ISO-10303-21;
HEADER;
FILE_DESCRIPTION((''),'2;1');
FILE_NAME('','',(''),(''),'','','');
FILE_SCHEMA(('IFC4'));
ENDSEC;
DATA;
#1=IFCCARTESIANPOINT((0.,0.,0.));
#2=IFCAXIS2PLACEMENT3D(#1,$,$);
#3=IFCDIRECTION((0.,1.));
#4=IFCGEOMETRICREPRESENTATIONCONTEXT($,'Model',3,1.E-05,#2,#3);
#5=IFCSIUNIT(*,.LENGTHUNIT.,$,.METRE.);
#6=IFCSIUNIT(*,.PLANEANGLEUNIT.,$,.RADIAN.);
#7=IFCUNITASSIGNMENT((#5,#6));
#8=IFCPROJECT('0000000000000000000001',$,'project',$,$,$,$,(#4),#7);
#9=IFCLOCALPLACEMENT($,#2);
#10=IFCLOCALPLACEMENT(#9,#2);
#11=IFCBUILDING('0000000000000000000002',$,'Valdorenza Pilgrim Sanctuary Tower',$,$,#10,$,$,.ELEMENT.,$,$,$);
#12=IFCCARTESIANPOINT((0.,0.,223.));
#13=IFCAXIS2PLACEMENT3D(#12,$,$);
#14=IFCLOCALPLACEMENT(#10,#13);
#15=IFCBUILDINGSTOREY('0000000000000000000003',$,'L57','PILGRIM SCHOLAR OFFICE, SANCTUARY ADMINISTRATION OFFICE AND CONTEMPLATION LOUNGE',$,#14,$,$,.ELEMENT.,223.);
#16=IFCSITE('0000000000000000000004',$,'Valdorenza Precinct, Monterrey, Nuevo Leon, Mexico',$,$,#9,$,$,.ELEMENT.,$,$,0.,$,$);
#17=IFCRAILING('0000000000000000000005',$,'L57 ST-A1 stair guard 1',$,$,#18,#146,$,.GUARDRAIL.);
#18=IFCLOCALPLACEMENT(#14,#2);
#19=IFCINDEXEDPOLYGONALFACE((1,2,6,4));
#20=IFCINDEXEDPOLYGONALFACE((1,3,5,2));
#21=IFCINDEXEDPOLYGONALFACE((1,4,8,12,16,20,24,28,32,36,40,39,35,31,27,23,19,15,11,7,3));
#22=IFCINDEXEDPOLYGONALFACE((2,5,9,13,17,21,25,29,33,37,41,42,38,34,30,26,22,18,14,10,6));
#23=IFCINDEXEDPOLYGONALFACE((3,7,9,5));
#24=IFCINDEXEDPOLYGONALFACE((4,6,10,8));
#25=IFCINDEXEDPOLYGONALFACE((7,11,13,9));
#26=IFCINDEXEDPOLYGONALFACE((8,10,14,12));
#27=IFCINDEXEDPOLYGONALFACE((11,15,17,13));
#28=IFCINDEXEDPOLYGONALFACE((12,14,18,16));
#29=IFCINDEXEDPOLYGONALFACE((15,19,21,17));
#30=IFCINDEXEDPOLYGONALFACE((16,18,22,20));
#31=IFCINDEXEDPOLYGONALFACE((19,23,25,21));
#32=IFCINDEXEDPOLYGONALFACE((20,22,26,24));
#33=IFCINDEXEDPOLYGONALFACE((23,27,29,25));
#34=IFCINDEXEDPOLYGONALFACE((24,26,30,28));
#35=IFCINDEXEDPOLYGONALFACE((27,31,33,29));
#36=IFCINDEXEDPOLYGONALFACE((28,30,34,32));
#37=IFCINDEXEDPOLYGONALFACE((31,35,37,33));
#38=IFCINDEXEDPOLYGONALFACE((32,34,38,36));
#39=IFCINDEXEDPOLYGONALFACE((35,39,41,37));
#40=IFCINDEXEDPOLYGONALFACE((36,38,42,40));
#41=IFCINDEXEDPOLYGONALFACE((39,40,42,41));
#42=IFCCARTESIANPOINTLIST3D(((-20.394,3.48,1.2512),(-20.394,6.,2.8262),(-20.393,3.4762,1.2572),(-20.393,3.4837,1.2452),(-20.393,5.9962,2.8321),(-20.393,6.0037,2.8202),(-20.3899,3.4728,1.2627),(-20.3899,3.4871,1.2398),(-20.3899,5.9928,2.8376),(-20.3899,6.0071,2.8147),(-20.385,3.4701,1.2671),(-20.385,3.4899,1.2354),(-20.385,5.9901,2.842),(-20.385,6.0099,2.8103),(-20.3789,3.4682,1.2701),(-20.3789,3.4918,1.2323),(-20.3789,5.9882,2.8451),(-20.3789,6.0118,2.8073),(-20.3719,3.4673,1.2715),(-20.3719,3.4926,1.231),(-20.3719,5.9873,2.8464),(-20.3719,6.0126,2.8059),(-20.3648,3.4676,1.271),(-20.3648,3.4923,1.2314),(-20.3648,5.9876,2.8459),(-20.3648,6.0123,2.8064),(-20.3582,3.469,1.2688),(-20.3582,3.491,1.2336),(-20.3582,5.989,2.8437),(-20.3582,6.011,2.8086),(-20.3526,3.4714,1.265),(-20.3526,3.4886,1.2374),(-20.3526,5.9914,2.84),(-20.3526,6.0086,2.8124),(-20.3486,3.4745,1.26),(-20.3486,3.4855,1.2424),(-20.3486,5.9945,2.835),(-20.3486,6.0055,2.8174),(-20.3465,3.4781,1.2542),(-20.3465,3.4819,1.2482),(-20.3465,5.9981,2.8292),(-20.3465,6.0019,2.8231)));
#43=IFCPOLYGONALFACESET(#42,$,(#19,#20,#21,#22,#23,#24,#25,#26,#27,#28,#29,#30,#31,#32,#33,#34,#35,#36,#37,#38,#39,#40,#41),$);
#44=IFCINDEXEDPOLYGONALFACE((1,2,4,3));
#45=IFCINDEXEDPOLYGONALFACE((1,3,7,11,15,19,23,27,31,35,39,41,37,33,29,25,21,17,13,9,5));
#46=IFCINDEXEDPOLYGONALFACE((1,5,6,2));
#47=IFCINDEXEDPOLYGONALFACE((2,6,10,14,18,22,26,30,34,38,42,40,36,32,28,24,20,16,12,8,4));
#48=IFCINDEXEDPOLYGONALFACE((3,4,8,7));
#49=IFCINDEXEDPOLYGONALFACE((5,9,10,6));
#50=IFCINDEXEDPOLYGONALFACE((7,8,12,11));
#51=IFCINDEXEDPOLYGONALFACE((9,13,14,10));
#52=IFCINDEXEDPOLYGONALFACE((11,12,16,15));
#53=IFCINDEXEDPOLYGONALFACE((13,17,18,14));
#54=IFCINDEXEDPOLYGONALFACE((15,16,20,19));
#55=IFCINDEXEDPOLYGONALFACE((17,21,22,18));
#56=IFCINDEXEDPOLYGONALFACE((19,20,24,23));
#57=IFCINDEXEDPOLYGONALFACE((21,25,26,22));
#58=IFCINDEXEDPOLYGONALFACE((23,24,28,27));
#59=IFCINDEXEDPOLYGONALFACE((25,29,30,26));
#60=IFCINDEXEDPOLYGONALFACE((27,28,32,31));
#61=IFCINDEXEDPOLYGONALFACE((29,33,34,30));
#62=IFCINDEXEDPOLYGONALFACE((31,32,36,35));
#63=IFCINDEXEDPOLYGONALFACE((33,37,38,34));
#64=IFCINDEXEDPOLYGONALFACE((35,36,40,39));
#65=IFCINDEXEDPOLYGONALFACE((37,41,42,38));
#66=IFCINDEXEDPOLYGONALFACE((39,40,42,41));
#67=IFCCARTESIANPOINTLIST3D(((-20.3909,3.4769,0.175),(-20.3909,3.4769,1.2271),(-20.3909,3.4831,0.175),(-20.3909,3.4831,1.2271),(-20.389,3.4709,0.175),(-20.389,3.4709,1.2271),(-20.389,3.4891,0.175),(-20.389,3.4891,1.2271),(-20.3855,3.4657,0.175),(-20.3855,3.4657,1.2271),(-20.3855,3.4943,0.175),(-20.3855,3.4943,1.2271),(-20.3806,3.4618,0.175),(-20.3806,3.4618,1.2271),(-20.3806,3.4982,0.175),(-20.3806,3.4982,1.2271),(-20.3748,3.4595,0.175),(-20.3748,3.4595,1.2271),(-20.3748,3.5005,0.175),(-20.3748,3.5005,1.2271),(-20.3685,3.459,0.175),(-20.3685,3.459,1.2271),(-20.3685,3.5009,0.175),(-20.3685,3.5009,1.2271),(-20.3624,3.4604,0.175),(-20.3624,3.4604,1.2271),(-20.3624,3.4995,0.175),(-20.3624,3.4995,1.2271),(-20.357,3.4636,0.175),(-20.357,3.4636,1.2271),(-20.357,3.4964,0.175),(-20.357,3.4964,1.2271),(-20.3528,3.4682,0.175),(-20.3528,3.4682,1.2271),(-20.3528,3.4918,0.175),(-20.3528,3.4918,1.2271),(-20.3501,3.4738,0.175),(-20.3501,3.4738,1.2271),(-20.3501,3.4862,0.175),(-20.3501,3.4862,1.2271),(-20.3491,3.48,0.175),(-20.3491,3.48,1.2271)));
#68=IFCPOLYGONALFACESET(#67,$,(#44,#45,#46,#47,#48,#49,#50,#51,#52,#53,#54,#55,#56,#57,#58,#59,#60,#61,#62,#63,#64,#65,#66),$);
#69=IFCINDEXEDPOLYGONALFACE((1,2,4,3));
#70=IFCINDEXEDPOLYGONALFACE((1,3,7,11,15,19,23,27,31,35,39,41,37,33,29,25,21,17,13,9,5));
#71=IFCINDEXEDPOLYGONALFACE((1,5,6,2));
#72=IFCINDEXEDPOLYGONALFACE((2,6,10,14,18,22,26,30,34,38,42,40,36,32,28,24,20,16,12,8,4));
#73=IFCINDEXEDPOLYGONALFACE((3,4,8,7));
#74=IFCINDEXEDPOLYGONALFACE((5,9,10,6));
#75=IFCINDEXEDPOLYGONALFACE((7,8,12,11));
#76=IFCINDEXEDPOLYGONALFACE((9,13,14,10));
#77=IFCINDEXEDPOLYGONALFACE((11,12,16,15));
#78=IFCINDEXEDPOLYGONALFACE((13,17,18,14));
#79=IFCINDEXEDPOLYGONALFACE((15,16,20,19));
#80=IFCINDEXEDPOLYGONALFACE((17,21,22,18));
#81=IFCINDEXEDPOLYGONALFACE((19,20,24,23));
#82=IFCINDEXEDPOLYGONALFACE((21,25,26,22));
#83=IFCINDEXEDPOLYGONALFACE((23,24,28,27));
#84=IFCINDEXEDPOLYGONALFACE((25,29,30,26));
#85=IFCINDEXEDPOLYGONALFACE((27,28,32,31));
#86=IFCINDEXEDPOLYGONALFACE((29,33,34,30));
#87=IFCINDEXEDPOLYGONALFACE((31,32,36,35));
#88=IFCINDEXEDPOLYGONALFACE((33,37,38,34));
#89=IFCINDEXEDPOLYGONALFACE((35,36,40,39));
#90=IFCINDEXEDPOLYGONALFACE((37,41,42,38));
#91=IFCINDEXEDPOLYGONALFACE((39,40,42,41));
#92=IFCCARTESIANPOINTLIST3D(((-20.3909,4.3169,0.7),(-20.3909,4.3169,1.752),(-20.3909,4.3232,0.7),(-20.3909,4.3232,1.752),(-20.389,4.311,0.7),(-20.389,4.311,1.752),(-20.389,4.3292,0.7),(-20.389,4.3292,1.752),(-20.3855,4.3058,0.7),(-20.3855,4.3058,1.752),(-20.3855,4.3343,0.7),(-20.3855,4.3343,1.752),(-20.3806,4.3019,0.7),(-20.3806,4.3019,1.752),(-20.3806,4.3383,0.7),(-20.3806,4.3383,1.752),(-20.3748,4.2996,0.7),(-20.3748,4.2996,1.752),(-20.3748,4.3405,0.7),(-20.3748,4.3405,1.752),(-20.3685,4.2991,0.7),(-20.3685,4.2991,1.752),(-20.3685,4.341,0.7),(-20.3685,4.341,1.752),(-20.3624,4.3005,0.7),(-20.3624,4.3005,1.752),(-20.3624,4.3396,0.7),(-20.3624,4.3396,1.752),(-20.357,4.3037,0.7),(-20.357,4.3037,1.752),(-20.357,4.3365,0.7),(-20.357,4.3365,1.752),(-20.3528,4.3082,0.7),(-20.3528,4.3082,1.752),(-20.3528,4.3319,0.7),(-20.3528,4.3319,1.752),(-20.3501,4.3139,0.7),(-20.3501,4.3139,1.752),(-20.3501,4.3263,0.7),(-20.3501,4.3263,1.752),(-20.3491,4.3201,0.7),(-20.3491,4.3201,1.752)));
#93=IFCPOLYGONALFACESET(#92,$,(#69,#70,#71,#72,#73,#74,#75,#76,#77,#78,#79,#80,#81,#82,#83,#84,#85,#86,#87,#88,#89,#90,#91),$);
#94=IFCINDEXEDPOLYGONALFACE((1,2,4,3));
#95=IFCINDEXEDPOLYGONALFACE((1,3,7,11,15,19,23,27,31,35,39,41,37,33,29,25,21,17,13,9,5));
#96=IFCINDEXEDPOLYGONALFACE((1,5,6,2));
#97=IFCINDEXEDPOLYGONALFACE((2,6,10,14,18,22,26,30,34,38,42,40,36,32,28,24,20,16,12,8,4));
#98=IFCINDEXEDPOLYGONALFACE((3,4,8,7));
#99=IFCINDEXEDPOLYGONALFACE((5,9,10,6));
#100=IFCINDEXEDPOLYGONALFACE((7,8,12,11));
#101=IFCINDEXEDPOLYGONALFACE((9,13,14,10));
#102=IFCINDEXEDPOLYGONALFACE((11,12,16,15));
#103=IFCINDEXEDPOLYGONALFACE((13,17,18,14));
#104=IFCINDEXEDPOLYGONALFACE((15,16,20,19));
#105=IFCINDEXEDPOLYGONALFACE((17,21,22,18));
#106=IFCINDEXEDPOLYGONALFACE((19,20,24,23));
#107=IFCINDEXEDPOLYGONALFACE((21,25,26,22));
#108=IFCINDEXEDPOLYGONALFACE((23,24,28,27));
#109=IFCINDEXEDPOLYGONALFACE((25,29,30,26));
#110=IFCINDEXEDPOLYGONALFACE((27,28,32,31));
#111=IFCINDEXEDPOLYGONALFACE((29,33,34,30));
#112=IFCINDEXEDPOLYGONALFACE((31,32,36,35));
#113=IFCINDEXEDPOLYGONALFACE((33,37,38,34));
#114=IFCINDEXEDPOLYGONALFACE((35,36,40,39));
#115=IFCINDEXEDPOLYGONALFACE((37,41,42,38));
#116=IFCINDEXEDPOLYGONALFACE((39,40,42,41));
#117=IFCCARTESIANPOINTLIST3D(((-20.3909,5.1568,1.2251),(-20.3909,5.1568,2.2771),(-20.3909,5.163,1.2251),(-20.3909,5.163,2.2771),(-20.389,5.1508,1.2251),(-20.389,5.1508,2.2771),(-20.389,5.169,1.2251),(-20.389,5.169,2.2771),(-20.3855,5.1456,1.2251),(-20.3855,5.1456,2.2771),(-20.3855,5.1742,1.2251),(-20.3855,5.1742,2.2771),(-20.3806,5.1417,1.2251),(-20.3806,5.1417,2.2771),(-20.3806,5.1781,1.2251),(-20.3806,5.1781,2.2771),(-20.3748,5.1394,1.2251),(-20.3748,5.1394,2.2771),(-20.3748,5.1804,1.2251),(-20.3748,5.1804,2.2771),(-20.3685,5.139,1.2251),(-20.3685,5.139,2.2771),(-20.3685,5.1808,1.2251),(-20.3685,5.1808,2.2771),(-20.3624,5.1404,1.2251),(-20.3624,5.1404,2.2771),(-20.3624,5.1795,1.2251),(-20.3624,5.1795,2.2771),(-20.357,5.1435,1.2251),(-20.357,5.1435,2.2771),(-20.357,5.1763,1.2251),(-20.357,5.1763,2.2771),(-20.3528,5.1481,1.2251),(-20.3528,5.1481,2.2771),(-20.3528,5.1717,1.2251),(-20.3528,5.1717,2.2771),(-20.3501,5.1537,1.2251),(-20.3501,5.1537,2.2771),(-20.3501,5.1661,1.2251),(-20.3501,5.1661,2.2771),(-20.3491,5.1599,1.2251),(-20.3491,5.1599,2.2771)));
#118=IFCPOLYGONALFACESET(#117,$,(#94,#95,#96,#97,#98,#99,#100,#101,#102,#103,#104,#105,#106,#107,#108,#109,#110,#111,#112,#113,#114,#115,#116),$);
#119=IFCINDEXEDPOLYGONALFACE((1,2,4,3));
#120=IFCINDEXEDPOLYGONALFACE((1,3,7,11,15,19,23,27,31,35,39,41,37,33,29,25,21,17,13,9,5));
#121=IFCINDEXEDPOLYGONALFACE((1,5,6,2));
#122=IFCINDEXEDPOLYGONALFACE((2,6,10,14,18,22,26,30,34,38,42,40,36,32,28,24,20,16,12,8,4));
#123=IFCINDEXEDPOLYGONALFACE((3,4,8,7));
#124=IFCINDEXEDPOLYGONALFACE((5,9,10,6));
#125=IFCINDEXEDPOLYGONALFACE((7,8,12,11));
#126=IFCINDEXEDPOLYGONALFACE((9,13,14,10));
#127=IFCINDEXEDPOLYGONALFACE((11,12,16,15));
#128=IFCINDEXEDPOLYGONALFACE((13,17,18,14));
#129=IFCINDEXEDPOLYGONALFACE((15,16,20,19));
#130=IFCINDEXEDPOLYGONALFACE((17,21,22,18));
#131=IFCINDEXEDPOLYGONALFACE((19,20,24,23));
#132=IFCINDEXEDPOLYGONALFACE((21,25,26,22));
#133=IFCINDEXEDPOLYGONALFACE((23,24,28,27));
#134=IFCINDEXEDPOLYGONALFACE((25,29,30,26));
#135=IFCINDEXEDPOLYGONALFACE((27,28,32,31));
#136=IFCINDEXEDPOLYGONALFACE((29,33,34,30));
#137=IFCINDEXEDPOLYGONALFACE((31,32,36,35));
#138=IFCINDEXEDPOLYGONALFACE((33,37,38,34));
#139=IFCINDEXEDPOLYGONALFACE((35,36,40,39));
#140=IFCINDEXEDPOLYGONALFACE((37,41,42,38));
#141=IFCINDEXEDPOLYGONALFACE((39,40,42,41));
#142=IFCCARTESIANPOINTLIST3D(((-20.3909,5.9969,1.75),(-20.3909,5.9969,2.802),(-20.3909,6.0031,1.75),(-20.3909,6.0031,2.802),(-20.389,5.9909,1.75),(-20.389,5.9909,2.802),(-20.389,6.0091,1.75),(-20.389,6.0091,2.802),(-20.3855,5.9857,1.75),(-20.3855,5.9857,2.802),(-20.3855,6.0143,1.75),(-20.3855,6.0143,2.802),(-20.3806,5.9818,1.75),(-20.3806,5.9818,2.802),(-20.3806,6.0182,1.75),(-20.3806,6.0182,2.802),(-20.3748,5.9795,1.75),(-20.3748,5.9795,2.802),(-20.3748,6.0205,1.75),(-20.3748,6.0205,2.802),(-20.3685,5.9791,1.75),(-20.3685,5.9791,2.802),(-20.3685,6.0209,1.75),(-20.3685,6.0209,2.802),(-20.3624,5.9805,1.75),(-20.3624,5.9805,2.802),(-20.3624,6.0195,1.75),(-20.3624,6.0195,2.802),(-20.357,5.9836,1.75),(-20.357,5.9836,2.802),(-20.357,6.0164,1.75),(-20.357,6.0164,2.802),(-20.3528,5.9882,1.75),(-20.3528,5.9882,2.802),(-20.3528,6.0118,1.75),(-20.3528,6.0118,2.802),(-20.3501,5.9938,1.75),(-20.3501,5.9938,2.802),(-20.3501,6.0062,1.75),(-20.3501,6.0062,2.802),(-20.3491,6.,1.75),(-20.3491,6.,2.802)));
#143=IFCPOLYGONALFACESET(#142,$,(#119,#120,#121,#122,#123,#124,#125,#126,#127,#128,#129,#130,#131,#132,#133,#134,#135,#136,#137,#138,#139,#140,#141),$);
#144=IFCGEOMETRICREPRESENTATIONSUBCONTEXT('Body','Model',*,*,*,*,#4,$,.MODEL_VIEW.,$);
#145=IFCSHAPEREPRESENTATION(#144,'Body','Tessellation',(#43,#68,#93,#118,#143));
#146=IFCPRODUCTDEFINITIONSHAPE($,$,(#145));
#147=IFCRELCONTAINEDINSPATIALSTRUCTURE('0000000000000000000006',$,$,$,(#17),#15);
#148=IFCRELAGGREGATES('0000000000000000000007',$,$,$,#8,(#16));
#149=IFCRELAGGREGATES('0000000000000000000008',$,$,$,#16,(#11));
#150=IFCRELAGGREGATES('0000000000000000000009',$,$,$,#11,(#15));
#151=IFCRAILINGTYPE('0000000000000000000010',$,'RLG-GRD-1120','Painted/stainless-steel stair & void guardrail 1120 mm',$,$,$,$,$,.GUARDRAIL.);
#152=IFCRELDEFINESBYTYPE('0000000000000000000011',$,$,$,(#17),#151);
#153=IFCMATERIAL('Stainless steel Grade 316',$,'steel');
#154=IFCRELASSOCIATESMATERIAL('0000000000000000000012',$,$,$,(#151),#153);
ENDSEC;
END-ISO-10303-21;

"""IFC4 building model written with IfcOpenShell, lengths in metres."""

from ifc_helpers import new_model, si_unit, direction, frame, origin, origin_2d, place, context, subcontext, project, spatial, circle, extrude, material, type_object, element, save


model = new_model("IFC4")

# Units and contexts
model_context = context("Model", 3, precision=1e-05, world=origin(), true_north=direction((0.0, 1.0)))
body_context = subcontext(model_context, "Body", "Model", "MODEL_VIEW")
ifc_project = project(units=[si_unit("LENGTHUNIT", "METRE"), si_unit("PLANEANGLEUNIT", "RADIAN")], contexts=[model_context])

# Site, building, storey
site_placement = place(None, origin())
site = spatial("IfcSite", under=ifc_project, at=site_placement, Name="Valdorenza Precinct, Monterrey, Nuevo Leon, Mexico", CompositionType="ELEMENT", RefElevation=0.0)
building_placement = place(site_placement, origin())
building = spatial("IfcBuilding", under=site, at=building_placement, Name="Valdorenza Pilgrim Sanctuary Tower", CompositionType="ELEMENT")
storey_placement = place(building_placement, frame((0.0, 0.0, 223.0)))
storey = spatial("IfcBuildingStorey", under=building, at=storey_placement, Name="L57", Description="PILGRIM SCHOLAR OFFICE, SANCTUARY ADMINISTRATION OFFICE AND CONTEMPLATION LOUNGE", CompositionType="ELEMENT", Elevation=223.0)

# Railing
ifc_material_1 = material(Name="Stainless steel Grade 316", Category="steel")
railing_type_1 = type_object("IfcRailingType", Name="RLG-GRD-1120", Description="Painted/stainless-steel stair & void guardrail 1120 mm", PredefinedType="GUARDRAIL", material=ifc_material_1)
railing_1_placement = place(storey_placement, frame((-20.3701, 3.48, 0.175)))
element("IfcRailing", 1, at=railing_1_placement, inside=storey, type_object=railing_type_1, Name="L57 ST-A1 stair guard 1", PredefinedType="GUARDRAIL", context=body_context, shape_type="SweptSolid", body=[
    extrude(circle(Radius=0.0239, at=origin_2d()), frame((0.0, 0.0, 1.0762), z_axis=(0.0, 0.848008, 0.529984), x_axis=(-1.0, 0.0, 0.0)), (0.0, 0.0, 1.0), 2.9717),
    extrude(circle(Radius=0.021, at=origin_2d()), origin(), (0.0, 0.0, 1.0), 1.052),
    extrude(circle(Radius=0.021, at=origin_2d()), frame((0.0, 0.8401, 0.5249)), (0.0, 0.0, 1.0), 1.052),
    extrude(circle(Radius=0.021, at=origin_2d()), frame((0.0, 1.6799, 1.05)), (0.0, 0.0, 1.0), 1.052),
    extrude(circle(Radius=0.021, at=origin_2d()), frame((0.0, 2.52, 1.575)), (0.0, 0.0, 1.0), 1.052),
])

save(model, "model.ifc")
